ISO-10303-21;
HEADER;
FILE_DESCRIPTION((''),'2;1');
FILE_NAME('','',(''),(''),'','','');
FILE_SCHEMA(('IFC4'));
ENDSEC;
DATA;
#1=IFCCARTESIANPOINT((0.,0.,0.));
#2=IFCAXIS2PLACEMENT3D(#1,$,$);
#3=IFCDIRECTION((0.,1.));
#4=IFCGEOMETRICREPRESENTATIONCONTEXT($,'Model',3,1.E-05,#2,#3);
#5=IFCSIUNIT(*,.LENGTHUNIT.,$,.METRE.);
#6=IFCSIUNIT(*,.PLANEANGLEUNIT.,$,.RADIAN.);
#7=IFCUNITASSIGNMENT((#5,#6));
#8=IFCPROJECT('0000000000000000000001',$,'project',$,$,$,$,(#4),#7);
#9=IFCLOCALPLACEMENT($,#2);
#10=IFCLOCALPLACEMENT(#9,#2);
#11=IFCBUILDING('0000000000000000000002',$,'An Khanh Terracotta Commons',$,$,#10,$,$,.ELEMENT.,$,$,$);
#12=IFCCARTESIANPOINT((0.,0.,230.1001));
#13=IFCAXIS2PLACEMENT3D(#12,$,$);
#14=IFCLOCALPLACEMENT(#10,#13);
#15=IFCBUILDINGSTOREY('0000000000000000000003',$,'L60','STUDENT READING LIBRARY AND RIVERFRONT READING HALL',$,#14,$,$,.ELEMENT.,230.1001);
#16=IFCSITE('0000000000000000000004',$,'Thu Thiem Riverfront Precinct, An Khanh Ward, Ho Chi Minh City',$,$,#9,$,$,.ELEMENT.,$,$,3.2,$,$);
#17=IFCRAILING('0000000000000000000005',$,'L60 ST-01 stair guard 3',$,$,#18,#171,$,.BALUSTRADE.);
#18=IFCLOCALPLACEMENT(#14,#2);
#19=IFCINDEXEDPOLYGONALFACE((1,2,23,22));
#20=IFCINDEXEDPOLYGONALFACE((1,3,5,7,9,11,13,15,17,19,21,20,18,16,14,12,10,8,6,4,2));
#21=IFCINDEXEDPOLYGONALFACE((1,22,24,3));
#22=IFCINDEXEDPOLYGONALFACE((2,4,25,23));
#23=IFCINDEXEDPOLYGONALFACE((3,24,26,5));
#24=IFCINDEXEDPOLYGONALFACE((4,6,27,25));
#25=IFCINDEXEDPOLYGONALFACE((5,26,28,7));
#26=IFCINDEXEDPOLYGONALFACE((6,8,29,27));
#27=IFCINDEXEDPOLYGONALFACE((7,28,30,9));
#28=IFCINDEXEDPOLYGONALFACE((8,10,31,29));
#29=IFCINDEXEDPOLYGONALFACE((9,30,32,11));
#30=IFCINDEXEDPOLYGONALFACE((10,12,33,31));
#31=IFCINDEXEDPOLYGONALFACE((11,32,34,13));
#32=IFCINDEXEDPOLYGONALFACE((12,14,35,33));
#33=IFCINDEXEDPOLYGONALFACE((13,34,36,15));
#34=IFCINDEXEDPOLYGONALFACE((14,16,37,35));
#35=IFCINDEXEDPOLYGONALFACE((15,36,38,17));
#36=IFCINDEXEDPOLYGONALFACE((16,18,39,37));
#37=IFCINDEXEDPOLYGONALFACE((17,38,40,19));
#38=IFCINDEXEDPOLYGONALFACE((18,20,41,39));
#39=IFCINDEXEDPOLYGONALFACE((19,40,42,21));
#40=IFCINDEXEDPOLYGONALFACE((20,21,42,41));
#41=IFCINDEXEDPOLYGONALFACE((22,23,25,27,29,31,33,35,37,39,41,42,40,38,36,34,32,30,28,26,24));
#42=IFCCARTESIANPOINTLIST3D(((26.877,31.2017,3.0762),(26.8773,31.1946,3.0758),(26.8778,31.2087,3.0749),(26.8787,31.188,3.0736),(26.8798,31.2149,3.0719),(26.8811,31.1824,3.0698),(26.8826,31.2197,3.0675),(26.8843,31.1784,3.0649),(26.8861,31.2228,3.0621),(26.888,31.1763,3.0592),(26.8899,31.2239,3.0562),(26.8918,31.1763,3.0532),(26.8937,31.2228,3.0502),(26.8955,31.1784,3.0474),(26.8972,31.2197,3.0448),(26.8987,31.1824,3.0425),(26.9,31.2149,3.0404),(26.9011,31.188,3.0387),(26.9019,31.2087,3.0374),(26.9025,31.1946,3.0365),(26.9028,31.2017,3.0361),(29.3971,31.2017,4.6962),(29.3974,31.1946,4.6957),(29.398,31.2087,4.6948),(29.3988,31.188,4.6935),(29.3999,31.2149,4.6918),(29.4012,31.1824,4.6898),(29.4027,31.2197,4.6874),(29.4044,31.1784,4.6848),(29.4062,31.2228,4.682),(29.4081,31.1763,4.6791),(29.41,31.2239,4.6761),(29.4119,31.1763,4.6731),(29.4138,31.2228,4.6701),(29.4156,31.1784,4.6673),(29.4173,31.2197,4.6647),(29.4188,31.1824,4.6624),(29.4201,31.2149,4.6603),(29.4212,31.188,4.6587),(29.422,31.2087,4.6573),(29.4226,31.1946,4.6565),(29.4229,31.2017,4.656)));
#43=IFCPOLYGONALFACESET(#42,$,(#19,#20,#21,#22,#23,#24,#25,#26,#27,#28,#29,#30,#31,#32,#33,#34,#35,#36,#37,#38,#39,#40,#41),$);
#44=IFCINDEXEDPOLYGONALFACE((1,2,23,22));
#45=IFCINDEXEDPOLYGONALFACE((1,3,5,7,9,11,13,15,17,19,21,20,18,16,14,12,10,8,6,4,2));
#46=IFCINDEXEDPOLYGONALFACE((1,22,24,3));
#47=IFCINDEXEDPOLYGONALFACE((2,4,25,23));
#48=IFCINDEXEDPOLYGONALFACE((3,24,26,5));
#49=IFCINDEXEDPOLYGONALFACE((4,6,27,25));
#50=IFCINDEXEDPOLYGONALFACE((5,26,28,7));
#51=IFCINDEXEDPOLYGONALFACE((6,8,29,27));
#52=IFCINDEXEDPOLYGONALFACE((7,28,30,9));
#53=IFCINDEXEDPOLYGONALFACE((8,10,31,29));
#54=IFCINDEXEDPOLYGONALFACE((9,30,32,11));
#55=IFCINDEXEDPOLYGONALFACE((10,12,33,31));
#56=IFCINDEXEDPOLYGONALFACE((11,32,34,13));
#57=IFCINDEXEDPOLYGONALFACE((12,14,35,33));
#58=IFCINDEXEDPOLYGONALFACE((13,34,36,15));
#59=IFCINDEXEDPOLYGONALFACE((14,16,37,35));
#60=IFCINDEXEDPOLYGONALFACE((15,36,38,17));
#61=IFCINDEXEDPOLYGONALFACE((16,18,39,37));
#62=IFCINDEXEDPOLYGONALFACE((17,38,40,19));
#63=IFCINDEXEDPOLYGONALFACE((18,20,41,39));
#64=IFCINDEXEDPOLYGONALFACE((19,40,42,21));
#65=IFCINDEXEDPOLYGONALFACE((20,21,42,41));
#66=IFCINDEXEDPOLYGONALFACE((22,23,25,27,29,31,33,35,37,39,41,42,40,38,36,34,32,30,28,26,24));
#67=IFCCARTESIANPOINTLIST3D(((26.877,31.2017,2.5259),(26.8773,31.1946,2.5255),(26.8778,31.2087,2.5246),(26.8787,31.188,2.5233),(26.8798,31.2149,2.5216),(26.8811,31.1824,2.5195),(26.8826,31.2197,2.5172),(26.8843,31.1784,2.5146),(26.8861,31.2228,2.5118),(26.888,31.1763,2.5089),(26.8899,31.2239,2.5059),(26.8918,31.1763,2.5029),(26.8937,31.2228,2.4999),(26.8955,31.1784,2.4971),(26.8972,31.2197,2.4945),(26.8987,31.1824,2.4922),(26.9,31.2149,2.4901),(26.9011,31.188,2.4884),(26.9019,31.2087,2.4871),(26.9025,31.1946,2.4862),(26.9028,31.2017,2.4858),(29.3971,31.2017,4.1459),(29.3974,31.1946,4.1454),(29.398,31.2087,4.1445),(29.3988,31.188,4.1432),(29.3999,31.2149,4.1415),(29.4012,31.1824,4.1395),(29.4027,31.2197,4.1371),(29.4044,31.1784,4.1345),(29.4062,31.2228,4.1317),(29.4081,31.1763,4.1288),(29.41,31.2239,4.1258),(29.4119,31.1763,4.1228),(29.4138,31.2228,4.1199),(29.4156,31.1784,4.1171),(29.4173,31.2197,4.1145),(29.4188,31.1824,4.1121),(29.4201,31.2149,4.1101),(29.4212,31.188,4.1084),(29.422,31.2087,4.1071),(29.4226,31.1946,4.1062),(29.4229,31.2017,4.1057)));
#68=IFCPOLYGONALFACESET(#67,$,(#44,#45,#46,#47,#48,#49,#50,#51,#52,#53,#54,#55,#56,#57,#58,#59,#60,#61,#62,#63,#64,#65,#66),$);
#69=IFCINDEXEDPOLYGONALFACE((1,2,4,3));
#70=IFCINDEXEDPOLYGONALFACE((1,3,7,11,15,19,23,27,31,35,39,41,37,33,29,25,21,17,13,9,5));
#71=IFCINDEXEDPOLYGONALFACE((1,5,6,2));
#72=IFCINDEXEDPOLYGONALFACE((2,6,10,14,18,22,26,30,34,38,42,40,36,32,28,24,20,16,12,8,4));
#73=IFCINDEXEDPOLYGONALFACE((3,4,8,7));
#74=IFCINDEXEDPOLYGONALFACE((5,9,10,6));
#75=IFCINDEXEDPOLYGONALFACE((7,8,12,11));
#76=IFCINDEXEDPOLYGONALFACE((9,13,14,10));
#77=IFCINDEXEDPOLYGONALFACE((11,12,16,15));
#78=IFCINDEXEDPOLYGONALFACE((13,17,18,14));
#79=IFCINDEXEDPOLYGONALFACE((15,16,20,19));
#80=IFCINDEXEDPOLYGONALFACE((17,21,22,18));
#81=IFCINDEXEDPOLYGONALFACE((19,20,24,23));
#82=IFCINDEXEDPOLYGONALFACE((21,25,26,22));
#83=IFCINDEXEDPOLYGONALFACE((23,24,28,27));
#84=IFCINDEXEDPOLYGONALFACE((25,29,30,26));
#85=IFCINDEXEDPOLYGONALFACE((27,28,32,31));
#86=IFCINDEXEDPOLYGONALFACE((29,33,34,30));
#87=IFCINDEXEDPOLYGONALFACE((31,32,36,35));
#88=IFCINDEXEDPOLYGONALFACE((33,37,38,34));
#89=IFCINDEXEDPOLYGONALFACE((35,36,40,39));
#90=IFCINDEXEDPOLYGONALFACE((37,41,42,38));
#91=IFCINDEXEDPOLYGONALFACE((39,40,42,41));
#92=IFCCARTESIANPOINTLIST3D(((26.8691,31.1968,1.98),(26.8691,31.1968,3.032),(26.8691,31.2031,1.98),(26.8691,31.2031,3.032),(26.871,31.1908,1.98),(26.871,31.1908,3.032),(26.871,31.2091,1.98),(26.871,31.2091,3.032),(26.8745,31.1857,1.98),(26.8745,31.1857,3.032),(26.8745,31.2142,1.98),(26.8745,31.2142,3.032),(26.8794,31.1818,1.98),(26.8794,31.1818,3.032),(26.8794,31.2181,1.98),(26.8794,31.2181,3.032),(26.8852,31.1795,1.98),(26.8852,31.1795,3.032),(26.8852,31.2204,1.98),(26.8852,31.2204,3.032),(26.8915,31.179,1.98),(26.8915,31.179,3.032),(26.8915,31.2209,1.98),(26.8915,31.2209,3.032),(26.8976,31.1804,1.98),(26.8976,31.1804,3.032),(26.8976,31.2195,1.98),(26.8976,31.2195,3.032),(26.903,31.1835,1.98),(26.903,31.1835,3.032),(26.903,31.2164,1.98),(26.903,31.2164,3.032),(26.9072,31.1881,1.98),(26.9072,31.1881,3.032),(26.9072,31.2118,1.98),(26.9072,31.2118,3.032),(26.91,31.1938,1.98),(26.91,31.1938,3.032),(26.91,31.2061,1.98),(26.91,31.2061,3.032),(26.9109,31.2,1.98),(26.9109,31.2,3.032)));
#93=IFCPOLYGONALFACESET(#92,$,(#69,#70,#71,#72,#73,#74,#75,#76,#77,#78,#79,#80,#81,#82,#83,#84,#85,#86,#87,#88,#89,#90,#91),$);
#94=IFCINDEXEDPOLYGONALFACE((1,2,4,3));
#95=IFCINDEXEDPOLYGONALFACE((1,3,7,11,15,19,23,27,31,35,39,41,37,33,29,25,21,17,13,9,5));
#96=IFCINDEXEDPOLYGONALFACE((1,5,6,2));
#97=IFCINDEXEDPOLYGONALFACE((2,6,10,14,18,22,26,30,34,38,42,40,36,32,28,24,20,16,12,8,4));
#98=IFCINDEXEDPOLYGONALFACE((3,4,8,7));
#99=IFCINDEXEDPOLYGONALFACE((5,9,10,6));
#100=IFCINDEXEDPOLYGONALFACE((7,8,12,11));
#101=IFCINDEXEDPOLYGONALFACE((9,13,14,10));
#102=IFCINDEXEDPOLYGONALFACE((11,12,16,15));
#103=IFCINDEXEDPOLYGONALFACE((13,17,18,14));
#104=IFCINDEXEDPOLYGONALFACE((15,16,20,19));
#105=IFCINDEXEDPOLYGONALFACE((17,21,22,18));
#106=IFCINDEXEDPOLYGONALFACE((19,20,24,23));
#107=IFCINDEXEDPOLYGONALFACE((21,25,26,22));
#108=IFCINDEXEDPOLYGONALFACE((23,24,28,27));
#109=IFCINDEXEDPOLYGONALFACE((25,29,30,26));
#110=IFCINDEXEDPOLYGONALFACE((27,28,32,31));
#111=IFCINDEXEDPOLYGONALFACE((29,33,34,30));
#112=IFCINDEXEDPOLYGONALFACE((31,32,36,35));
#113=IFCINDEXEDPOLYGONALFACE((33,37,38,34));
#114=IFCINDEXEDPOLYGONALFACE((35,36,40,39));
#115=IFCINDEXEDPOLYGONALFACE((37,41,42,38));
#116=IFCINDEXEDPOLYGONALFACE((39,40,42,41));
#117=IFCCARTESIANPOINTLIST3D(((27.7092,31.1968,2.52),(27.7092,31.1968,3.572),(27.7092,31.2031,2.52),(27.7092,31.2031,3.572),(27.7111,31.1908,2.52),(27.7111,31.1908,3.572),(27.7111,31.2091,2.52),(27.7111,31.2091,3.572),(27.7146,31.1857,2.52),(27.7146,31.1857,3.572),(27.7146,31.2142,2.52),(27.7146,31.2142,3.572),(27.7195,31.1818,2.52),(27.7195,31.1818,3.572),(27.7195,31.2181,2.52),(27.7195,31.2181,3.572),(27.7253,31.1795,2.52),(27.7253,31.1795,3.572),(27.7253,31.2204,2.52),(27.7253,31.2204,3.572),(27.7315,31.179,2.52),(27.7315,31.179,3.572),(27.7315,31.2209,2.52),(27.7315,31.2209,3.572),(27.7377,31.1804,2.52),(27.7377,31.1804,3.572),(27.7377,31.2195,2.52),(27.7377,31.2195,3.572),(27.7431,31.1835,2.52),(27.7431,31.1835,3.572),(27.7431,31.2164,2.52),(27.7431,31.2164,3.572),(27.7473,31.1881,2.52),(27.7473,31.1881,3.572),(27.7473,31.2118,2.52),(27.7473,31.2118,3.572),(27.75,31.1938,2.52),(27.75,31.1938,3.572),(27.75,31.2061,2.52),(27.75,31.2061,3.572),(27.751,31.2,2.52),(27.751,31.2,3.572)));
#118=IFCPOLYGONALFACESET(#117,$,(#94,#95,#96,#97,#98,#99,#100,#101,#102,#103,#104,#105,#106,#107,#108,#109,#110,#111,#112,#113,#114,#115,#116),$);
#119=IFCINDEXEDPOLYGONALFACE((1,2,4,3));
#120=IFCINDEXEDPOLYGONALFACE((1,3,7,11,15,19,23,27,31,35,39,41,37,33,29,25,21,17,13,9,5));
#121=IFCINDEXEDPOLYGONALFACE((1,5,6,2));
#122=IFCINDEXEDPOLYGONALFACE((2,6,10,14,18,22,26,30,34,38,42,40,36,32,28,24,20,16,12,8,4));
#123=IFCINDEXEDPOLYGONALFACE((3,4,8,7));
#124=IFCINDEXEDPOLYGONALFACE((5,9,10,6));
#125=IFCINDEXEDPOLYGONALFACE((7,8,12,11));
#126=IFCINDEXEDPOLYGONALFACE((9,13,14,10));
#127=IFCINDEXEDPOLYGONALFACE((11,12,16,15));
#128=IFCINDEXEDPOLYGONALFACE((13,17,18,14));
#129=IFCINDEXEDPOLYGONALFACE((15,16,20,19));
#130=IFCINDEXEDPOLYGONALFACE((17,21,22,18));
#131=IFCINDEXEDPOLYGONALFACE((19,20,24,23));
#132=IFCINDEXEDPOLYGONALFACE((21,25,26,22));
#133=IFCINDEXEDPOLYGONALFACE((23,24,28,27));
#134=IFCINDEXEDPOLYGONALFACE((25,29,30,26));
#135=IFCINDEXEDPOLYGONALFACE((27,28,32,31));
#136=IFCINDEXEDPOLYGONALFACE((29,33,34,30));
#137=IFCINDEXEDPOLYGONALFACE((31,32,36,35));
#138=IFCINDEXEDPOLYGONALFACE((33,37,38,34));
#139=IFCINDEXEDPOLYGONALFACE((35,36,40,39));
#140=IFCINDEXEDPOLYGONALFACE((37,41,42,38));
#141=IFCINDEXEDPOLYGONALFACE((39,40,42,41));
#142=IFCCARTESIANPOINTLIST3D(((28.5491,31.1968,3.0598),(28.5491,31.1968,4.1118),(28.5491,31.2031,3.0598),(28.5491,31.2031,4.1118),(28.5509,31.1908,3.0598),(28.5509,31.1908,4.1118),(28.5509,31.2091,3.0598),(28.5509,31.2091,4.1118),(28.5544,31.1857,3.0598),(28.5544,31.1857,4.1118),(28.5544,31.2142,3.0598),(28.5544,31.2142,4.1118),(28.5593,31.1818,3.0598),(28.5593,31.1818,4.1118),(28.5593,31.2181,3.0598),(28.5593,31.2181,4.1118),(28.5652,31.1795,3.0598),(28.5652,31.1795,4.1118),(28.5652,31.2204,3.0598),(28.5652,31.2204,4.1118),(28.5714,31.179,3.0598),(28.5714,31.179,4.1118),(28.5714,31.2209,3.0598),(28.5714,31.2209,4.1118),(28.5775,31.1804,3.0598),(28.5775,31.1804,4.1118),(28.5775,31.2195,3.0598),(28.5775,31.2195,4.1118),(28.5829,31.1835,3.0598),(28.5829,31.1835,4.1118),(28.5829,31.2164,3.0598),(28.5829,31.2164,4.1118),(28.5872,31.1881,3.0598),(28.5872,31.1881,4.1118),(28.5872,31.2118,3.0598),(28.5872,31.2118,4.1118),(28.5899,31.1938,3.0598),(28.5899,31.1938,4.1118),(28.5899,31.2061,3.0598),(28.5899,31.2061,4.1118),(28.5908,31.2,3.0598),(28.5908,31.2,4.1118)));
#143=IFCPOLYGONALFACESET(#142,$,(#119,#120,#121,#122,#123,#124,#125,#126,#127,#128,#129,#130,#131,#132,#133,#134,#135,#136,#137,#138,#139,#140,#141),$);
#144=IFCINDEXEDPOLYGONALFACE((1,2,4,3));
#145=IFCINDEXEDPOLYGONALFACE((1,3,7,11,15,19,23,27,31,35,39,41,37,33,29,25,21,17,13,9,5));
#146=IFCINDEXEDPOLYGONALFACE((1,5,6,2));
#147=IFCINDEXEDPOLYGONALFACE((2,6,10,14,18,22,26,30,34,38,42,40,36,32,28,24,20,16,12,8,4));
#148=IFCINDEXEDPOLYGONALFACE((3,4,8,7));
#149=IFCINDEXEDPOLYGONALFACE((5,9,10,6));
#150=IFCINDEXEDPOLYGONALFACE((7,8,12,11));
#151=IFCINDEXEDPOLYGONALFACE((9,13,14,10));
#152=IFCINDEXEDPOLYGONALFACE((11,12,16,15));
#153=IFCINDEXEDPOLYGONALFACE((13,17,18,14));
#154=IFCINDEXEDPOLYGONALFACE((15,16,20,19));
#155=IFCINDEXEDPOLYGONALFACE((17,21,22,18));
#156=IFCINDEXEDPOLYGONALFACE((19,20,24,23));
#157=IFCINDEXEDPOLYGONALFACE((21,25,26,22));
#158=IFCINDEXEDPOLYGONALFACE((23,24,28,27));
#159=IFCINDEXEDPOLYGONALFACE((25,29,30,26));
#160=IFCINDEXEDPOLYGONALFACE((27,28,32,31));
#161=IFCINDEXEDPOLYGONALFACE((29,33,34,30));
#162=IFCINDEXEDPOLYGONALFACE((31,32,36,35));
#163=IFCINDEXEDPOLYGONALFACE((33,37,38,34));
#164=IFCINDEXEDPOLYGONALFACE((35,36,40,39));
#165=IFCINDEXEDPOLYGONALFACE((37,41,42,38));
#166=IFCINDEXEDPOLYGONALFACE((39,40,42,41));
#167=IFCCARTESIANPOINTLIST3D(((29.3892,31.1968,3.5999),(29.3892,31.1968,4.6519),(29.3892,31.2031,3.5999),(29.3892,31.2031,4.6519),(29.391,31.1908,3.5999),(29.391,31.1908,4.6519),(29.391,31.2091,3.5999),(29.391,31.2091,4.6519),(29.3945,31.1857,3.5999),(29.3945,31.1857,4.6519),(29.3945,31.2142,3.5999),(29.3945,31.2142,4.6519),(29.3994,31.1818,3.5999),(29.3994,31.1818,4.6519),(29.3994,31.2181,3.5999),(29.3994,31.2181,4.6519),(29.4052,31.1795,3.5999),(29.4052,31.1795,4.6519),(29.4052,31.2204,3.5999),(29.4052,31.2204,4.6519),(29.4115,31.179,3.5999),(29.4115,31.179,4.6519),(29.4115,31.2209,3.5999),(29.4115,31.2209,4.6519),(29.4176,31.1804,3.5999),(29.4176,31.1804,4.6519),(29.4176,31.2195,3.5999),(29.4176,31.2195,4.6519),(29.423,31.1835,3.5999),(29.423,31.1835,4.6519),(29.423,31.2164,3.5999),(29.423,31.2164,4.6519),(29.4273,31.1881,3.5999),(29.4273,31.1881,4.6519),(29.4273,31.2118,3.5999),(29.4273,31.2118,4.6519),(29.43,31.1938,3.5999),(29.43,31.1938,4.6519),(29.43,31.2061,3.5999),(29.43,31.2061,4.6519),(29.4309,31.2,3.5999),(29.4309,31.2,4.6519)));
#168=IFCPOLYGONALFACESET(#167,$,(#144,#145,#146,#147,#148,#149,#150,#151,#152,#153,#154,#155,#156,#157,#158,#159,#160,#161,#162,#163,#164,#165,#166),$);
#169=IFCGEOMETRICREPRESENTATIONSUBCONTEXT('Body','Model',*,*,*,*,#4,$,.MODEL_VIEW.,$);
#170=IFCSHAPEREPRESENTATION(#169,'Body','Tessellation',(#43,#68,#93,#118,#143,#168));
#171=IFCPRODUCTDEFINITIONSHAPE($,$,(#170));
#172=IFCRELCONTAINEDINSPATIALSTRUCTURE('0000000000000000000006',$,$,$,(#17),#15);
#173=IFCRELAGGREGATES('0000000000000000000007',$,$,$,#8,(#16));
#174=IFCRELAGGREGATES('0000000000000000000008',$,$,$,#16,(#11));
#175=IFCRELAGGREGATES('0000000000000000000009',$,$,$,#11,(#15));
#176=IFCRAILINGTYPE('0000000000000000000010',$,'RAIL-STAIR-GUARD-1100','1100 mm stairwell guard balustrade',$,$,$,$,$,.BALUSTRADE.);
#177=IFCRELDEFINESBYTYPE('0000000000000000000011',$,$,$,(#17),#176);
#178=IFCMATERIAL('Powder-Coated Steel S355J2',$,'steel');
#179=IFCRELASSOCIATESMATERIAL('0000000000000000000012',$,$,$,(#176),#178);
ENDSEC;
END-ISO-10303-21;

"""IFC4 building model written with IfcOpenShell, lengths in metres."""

from ifc_helpers import new_model, si_unit, direction, frame, origin, origin_2d, place, context, subcontext, project, spatial, circle, extrude, material, type_object, element, save


model = new_model("IFC4")

# Units and contexts
model_context = context("Model", 3, precision=1e-05, world=origin(), true_north=direction((0.0, 1.0)))
body_context = subcontext(model_context, "Body", "Model", "MODEL_VIEW")
ifc_project = project(units=[si_unit("LENGTHUNIT", "METRE"), si_unit("PLANEANGLEUNIT", "RADIAN")], contexts=[model_context])

# Site, building, storey
site_placement = place(None, origin())
site = spatial("IfcSite", under=ifc_project, at=site_placement, Name="Thu Thiem Riverfront Precinct, An Khanh Ward, Ho Chi Minh City", CompositionType="ELEMENT", RefElevation=3.2)
building_placement = place(site_placement, origin())
building = spatial("IfcBuilding", under=site, at=building_placement, Name="An Khanh Terracotta Commons", CompositionType="ELEMENT")
storey_placement = place(building_placement, frame((0.0, 0.0, 230.1001)))
storey = spatial("IfcBuildingStorey", under=building, at=storey_placement, Name="L60", Description="STUDENT READING LIBRARY AND RIVERFRONT READING HALL", CompositionType="ELEMENT", Elevation=230.1001)

# Railing
ifc_material_1 = material(Name="Powder-Coated Steel S355J2", Category="steel")
railing_type = type_object("IfcRailingType", Name="RAIL-STAIR-GUARD-1100", Description="1100 mm stairwell guard balustrade", PredefinedType="BALUSTRADE", material=ifc_material_1)
railing_1_placement = place(storey_placement, frame((26.8899, 31.2, 1.98)))
element("IfcRailing", 1, at=railing_1_placement, inside=storey, type_object=railing_type, Name="L60 ST-01 stair guard 3", PredefinedType="BALUSTRADE", context=body_context, shape_type="SweptSolid", body=[
    extrude(circle(Radius=0.0239, at=origin_2d()), frame((0.0, 0.0, 1.0762), z_axis=(0.8412, 0.0, 0.540725), x_axis=(0.0, 1.0, 0.0)), (0.0, 0.0, 1.0), 2.9958),
    extrude(circle(Radius=0.0239, at=origin_2d()), frame((0.0, 0.0, 0.5259), z_axis=(0.8412, 0.0, 0.540725), x_axis=(0.0, 1.0, 0.0)), (0.0, 0.0, 1.0), 2.9958),
    extrude(circle(Radius=0.021, at=origin_2d()), origin(), (0.0, 0.0, 1.0), 1.052),
    extrude(circle(Radius=0.021, at=origin_2d()), frame((0.8401, 0.0, 0.54)), (0.0, 0.0, 1.0), 1.052),
    extrude(circle(Radius=0.021, at=origin_2d()), frame((1.6799, 0.0, 1.0798)), (0.0, 0.0, 1.0), 1.052),
    extrude(circle(Radius=0.021, at=origin_2d()), frame((2.52, 0.0, 1.6199)), (0.0, 0.0, 1.0), 1.052),
])

save(model, "model.ifc")
